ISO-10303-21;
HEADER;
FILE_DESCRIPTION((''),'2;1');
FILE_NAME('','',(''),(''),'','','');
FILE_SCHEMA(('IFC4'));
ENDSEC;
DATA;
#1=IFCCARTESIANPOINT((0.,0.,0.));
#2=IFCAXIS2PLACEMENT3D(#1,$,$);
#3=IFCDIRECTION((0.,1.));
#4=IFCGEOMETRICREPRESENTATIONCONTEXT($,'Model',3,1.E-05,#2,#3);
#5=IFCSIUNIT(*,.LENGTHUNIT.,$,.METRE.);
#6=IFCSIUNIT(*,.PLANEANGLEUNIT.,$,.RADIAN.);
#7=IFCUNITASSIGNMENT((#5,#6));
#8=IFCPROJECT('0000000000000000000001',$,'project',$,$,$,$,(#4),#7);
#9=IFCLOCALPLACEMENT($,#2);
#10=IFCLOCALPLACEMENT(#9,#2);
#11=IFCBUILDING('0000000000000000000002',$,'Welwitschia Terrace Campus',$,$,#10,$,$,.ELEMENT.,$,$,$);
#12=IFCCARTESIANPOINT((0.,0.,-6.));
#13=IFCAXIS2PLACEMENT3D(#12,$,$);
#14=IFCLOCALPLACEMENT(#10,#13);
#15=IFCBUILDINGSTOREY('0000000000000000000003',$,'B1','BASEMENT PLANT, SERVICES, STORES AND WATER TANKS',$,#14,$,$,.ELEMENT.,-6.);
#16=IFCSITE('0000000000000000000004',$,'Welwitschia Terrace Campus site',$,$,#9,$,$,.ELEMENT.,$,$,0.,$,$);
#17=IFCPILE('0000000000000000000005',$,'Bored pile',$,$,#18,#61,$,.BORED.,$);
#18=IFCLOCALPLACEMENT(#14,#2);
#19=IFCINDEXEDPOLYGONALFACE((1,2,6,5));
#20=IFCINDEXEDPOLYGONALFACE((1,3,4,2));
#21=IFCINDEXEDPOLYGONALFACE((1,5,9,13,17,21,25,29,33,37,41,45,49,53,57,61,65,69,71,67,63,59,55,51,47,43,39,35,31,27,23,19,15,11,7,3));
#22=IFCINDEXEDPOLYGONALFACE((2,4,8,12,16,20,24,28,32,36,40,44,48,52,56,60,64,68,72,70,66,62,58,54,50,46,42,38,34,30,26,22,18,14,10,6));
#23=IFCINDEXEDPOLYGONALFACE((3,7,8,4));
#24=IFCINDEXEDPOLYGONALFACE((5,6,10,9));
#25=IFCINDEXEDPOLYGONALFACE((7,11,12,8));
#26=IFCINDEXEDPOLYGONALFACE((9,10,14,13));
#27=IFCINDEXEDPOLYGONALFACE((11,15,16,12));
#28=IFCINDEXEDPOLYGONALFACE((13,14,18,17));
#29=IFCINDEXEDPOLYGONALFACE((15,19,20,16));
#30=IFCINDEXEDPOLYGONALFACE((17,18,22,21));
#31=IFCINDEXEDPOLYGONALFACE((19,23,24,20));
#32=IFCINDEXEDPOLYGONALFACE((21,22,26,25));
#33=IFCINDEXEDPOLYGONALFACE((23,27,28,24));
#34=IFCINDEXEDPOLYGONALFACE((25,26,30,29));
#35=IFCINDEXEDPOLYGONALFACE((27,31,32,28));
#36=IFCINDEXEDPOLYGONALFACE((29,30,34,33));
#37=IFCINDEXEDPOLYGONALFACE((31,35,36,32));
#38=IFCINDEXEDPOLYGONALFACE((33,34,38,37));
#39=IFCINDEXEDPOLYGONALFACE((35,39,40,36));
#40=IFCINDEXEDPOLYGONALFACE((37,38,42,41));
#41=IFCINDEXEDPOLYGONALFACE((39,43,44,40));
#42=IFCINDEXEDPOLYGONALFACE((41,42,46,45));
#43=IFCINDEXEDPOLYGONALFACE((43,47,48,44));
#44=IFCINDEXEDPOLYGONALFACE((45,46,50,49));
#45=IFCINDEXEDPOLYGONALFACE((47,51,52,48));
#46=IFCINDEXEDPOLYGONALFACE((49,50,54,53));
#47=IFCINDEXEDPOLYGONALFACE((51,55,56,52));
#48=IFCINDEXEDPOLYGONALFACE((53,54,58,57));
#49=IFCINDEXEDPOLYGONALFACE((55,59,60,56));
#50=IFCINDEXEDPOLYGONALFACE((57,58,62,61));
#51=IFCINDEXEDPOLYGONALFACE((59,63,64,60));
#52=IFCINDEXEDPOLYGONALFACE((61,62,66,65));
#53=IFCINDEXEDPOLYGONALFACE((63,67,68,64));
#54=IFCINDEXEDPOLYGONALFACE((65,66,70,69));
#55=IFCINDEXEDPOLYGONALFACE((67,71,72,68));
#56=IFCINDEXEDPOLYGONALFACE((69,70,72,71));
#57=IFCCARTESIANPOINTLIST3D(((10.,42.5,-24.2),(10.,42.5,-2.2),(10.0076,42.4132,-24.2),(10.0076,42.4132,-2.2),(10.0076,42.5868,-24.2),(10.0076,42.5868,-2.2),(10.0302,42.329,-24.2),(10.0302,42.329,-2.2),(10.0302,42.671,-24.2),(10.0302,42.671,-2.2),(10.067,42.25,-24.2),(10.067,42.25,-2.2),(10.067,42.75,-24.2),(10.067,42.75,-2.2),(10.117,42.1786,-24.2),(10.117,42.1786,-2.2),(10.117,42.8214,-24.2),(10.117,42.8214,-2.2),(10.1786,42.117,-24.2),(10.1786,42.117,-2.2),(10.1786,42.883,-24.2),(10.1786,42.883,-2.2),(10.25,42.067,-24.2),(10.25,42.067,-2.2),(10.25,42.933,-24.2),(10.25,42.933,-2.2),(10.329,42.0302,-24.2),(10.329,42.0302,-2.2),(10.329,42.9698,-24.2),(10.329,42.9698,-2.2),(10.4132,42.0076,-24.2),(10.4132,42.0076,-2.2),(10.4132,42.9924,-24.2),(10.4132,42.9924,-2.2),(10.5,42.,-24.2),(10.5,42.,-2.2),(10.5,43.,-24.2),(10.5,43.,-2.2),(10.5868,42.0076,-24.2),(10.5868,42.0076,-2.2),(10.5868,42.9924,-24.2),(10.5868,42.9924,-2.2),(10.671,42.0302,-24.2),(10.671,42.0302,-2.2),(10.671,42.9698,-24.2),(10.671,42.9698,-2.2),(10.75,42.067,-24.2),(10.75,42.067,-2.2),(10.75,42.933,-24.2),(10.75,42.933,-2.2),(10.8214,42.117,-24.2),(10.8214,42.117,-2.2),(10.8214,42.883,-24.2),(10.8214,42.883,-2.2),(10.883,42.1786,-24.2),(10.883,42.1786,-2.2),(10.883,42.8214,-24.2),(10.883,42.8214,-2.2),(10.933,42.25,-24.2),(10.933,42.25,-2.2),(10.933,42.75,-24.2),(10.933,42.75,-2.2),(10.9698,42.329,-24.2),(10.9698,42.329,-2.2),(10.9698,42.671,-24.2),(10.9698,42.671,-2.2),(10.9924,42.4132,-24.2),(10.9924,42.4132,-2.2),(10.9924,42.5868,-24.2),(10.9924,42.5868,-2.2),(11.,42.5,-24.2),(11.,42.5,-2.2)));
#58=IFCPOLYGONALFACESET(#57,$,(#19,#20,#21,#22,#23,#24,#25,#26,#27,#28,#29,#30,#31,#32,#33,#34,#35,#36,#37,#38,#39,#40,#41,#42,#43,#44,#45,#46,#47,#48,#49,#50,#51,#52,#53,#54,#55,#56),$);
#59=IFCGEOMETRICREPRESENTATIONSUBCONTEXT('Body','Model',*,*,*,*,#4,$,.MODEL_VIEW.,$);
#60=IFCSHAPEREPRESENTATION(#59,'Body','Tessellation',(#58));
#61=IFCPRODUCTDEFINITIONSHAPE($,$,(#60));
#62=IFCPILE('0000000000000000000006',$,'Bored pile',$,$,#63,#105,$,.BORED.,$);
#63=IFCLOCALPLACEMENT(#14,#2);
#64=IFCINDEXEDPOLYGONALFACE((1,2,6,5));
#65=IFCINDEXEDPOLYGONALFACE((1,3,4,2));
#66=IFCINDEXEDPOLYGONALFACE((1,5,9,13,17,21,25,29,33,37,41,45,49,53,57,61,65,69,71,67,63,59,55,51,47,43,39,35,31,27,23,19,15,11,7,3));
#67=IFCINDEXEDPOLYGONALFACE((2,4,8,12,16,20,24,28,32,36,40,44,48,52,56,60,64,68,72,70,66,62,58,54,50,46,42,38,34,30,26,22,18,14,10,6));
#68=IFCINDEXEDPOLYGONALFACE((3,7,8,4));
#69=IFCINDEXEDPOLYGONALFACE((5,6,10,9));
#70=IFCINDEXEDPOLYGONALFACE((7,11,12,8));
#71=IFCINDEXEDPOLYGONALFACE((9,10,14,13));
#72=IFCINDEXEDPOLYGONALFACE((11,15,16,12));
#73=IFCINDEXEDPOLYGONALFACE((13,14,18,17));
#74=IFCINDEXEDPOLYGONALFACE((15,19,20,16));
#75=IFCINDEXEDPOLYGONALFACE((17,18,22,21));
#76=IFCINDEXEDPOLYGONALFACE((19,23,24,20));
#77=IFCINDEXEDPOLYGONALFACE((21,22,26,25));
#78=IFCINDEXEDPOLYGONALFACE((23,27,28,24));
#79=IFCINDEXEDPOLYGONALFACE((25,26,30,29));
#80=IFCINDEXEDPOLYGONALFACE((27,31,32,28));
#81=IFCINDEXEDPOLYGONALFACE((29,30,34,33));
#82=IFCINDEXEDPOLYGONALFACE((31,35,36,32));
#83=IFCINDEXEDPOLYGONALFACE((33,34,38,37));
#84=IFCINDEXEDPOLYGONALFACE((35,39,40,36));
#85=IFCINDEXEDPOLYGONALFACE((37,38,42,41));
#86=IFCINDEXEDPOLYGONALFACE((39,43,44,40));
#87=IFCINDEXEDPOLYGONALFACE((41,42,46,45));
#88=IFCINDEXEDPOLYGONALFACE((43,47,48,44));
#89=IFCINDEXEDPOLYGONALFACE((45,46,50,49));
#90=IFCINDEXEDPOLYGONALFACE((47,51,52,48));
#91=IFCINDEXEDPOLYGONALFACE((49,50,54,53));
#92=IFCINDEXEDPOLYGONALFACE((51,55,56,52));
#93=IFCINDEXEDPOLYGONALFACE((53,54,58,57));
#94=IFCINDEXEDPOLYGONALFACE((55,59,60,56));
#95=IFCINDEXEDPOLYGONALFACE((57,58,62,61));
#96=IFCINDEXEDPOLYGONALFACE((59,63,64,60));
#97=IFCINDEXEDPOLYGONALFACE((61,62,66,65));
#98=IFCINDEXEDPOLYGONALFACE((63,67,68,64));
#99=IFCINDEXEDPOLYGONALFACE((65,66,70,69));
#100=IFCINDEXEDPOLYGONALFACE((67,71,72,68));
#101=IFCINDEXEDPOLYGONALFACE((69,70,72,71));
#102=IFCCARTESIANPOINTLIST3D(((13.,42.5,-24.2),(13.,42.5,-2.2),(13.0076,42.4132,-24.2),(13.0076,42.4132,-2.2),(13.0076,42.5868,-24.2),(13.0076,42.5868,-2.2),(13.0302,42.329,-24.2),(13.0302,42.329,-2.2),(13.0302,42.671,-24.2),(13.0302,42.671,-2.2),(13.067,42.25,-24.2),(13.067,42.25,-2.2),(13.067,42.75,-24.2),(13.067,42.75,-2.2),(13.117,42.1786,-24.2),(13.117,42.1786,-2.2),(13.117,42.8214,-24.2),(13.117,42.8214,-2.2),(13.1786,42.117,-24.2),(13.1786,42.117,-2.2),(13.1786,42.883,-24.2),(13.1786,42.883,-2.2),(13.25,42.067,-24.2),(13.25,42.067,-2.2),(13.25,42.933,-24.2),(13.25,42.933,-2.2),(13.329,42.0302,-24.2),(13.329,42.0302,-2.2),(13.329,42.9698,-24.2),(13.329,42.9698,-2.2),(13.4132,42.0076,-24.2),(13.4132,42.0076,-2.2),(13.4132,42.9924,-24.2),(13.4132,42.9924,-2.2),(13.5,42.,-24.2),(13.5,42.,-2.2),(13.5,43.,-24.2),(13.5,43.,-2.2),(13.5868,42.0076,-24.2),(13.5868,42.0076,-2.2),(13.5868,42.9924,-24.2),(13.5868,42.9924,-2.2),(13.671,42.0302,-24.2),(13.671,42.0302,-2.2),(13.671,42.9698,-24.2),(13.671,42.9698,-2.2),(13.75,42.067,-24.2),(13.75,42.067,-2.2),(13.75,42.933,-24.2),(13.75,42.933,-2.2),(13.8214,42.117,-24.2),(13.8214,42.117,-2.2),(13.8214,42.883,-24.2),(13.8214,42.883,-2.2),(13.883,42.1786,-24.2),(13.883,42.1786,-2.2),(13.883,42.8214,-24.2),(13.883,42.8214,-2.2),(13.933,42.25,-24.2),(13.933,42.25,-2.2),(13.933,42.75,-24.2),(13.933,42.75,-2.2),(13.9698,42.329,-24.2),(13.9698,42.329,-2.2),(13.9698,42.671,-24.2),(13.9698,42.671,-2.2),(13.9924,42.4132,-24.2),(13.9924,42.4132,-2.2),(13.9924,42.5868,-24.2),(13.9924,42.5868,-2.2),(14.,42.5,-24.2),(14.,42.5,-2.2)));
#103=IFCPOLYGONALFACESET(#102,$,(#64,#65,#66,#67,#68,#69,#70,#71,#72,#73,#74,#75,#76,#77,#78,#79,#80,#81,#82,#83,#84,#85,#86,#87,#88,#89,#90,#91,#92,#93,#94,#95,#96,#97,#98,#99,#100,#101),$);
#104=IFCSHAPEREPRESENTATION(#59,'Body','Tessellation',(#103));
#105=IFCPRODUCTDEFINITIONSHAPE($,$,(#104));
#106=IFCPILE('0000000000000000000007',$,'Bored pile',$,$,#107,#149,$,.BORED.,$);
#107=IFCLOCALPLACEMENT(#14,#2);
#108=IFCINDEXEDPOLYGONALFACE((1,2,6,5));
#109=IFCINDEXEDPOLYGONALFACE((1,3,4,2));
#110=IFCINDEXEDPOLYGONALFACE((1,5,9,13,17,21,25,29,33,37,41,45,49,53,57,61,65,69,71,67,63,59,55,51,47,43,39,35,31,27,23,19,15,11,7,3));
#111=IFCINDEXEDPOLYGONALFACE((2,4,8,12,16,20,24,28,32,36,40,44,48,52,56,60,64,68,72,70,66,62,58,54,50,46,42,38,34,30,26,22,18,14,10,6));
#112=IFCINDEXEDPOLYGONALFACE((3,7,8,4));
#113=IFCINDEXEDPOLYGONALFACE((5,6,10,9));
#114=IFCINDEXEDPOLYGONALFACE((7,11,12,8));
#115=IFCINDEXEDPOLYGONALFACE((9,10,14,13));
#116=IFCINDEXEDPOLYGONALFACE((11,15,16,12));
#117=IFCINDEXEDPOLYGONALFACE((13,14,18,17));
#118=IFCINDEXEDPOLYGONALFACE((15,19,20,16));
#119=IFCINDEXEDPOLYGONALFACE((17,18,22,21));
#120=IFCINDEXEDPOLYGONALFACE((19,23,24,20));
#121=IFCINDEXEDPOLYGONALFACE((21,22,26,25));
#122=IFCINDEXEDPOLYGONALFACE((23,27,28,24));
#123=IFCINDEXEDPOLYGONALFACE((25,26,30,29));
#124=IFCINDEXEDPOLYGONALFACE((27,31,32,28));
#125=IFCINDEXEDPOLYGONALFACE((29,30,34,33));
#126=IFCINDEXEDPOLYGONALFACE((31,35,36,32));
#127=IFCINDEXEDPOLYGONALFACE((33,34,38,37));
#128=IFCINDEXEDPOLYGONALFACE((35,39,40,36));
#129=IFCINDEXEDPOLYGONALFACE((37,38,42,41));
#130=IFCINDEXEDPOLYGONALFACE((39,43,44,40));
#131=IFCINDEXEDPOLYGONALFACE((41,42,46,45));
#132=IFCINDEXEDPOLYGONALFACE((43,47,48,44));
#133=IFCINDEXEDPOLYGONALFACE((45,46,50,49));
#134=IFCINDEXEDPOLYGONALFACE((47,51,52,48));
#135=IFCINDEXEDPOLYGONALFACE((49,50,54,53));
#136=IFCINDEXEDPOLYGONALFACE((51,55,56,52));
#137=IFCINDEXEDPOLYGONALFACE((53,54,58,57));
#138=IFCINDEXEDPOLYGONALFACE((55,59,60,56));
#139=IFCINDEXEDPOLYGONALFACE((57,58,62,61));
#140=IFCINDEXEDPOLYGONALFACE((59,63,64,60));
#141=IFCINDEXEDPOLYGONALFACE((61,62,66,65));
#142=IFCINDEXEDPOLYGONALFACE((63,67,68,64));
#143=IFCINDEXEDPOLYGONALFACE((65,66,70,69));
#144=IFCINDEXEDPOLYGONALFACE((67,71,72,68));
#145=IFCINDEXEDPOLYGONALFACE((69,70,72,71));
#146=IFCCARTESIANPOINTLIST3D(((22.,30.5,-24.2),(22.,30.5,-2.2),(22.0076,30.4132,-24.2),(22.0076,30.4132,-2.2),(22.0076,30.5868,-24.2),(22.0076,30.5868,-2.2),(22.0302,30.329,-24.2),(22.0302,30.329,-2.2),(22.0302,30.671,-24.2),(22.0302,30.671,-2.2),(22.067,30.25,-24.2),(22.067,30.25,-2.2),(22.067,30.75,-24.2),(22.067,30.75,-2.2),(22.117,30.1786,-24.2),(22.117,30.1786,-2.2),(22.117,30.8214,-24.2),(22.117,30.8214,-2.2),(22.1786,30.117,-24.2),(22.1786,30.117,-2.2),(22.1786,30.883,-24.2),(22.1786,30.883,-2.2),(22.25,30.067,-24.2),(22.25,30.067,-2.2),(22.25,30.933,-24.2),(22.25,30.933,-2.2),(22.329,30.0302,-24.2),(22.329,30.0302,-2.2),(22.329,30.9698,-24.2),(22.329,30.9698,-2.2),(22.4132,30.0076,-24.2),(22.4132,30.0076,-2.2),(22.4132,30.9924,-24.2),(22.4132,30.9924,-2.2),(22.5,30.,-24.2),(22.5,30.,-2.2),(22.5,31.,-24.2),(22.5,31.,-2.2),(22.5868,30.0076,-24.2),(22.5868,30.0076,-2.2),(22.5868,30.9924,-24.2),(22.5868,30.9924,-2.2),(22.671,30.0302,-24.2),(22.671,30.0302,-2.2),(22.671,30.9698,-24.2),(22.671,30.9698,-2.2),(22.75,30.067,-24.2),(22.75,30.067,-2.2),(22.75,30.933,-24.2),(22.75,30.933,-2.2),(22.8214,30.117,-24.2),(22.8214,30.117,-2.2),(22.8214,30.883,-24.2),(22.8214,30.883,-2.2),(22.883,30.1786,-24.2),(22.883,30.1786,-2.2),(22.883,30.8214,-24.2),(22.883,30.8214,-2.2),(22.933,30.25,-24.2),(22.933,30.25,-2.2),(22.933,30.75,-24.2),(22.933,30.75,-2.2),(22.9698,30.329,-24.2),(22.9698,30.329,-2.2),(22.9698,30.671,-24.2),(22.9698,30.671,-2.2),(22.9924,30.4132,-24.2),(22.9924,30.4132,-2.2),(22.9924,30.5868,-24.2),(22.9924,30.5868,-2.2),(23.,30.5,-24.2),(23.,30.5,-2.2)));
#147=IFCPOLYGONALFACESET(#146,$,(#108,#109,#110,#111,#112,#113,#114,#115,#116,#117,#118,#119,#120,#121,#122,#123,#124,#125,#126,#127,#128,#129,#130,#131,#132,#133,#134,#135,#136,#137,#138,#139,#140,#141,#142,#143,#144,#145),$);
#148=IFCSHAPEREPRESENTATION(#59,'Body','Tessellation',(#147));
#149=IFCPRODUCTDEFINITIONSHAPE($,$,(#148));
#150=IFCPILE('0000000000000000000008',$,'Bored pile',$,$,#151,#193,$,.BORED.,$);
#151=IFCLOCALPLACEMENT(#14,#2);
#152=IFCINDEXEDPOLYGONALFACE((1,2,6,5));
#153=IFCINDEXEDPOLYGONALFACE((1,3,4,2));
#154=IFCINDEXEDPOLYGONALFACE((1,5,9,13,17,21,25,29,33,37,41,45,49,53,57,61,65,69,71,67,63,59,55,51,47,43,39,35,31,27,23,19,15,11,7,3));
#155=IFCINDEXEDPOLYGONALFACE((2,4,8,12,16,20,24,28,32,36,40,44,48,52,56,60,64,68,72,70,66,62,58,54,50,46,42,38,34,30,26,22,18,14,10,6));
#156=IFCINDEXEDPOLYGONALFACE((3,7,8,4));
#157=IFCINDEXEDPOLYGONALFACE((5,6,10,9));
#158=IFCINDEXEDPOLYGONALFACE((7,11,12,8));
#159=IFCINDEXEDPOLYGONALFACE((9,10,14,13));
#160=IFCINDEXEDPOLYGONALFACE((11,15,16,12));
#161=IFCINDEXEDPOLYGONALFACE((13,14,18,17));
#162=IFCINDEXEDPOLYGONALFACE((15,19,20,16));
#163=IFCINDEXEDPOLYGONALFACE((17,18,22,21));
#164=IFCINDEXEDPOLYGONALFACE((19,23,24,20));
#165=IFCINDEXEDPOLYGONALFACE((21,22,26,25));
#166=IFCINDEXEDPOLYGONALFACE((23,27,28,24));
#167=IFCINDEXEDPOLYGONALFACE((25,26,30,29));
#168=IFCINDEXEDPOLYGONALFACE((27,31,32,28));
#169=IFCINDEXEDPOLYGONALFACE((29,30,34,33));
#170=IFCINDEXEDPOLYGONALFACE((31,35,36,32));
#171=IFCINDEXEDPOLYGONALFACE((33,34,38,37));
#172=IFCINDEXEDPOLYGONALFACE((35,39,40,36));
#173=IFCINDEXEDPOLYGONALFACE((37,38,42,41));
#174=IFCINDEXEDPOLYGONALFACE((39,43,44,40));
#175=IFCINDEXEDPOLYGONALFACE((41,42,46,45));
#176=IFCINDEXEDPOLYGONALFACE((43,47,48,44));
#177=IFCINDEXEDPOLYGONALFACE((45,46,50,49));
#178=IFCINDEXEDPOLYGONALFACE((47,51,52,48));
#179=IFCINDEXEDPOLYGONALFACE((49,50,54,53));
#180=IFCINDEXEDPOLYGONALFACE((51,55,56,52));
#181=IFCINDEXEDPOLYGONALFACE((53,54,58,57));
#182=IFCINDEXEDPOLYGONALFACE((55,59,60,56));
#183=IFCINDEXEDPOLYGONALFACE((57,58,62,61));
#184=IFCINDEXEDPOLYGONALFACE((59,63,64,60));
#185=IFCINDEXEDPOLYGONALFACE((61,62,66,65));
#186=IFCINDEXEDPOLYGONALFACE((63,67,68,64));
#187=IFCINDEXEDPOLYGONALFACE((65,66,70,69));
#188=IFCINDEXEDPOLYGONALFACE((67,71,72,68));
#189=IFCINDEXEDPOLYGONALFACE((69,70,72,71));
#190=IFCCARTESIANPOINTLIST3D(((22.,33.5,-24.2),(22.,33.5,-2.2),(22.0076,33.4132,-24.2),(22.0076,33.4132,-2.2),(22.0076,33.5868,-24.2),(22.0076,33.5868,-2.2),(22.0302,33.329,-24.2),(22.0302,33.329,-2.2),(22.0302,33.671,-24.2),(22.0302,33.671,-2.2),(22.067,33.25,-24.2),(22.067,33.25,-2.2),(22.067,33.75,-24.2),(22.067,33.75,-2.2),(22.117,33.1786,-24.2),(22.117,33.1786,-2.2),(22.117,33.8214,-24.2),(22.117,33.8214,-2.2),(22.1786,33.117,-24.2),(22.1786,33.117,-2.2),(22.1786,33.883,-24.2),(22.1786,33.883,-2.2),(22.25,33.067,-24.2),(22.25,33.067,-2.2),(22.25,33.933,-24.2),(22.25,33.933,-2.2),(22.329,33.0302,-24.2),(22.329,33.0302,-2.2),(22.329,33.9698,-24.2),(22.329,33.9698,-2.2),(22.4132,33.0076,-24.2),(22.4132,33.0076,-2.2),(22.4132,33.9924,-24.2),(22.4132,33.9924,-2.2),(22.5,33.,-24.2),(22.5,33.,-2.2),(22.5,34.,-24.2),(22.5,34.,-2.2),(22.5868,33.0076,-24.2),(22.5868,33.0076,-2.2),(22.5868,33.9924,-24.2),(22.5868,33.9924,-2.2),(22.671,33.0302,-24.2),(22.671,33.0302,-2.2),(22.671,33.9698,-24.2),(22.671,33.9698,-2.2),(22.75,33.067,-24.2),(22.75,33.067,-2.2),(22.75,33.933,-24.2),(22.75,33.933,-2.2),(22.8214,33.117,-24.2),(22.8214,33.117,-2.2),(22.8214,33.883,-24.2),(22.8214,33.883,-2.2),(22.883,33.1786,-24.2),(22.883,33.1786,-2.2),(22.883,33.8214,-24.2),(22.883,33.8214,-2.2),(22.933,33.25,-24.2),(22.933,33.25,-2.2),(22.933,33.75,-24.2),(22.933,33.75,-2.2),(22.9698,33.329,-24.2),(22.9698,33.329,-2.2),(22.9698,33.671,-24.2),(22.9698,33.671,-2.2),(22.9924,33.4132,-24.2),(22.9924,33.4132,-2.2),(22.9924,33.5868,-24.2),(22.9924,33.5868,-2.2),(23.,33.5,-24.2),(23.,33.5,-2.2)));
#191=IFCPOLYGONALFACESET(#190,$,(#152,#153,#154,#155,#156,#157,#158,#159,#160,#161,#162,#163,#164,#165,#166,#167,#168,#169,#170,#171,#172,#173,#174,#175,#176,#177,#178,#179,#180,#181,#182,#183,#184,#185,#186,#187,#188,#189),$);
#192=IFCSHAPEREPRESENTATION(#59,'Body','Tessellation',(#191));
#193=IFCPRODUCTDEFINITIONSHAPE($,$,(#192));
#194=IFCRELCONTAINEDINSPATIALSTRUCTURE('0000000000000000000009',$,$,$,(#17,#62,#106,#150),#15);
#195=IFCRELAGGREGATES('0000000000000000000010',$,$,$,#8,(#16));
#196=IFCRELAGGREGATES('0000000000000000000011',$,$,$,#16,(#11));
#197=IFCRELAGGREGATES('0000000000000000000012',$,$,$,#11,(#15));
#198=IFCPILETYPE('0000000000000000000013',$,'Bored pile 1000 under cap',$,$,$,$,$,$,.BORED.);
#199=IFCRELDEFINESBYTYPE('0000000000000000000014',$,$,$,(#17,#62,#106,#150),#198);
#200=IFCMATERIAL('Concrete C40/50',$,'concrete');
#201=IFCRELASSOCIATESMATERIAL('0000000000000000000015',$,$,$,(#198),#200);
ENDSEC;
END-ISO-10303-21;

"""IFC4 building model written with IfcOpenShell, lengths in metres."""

from ifc_helpers import new_model, si_unit, direction, frame, origin, origin_2d, place, context, subcontext, project, spatial, circle, extrude, material, type_object, element, save


model = new_model("IFC4")

# Units and contexts
model_context = context("Model", 3, precision=1e-05, world=origin(), true_north=direction((0.0, 1.0)))
body_context = subcontext(model_context, "Body", "Model", "MODEL_VIEW")
ifc_project = project(units=[si_unit("LENGTHUNIT", "METRE"), si_unit("PLANEANGLEUNIT", "RADIAN")], contexts=[model_context])

# Site, building, storey
site_placement = place(None, origin())
site = spatial("IfcSite", under=ifc_project, at=site_placement, Name="Welwitschia Terrace Campus site", CompositionType="ELEMENT", RefElevation=0.0)
building_placement = place(site_placement, origin())
building = spatial("IfcBuilding", under=site, at=building_placement, Name="Welwitschia Terrace Campus", CompositionType="ELEMENT")
storey_placement = place(building_placement, frame((0.0, 0.0, -6.0)))
storey = spatial("IfcBuildingStorey", under=building, at=storey_placement, Name="B1", Description="BASEMENT PLANT, SERVICES, STORES AND WATER TANKS", CompositionType="ELEMENT", Elevation=-6.0)

# Piles
ifc_material_1 = material(Name="Concrete C40/50", Category="concrete")
pile_type = type_object("IfcPileType", Name="Bored pile 1000 under cap", PredefinedType="BORED", material=ifc_material_1)
for number, where, z_axis, x_axis, name in (
    (1, (10.5, 42.5, -2.2), (0.0, 0.0, -1.0), (1.0, 0.0, 0.0), "Bored pile"),
    (2, (13.5, 42.5, -2.2), (0.0, 0.0, -1.0), (1.0, 0.0, 0.0), "Bored pile"),
    (3, (22.5, 30.5, -2.2), (0.0, 0.0, -1.0), (1.0, 0.0, 0.0), "Bored pile"),
    (4, (22.5, 33.5, -2.2), (0.0, 0.0, -1.0), (1.0, 0.0, 0.0), "Bored pile"),
):
    element("IfcPile", number, at=place(storey_placement, frame(where, z_axis=z_axis, x_axis=x_axis)), inside=storey, type_object=pile_type, Name=name, PredefinedType="BORED", context=body_context, shape_type="SweptSolid", body=[
        extrude(circle(Radius=0.5, at=origin_2d()), origin(), (0.0, 0.0, 1.0), 22.0),
    ])

save(model, "model.ifc")
